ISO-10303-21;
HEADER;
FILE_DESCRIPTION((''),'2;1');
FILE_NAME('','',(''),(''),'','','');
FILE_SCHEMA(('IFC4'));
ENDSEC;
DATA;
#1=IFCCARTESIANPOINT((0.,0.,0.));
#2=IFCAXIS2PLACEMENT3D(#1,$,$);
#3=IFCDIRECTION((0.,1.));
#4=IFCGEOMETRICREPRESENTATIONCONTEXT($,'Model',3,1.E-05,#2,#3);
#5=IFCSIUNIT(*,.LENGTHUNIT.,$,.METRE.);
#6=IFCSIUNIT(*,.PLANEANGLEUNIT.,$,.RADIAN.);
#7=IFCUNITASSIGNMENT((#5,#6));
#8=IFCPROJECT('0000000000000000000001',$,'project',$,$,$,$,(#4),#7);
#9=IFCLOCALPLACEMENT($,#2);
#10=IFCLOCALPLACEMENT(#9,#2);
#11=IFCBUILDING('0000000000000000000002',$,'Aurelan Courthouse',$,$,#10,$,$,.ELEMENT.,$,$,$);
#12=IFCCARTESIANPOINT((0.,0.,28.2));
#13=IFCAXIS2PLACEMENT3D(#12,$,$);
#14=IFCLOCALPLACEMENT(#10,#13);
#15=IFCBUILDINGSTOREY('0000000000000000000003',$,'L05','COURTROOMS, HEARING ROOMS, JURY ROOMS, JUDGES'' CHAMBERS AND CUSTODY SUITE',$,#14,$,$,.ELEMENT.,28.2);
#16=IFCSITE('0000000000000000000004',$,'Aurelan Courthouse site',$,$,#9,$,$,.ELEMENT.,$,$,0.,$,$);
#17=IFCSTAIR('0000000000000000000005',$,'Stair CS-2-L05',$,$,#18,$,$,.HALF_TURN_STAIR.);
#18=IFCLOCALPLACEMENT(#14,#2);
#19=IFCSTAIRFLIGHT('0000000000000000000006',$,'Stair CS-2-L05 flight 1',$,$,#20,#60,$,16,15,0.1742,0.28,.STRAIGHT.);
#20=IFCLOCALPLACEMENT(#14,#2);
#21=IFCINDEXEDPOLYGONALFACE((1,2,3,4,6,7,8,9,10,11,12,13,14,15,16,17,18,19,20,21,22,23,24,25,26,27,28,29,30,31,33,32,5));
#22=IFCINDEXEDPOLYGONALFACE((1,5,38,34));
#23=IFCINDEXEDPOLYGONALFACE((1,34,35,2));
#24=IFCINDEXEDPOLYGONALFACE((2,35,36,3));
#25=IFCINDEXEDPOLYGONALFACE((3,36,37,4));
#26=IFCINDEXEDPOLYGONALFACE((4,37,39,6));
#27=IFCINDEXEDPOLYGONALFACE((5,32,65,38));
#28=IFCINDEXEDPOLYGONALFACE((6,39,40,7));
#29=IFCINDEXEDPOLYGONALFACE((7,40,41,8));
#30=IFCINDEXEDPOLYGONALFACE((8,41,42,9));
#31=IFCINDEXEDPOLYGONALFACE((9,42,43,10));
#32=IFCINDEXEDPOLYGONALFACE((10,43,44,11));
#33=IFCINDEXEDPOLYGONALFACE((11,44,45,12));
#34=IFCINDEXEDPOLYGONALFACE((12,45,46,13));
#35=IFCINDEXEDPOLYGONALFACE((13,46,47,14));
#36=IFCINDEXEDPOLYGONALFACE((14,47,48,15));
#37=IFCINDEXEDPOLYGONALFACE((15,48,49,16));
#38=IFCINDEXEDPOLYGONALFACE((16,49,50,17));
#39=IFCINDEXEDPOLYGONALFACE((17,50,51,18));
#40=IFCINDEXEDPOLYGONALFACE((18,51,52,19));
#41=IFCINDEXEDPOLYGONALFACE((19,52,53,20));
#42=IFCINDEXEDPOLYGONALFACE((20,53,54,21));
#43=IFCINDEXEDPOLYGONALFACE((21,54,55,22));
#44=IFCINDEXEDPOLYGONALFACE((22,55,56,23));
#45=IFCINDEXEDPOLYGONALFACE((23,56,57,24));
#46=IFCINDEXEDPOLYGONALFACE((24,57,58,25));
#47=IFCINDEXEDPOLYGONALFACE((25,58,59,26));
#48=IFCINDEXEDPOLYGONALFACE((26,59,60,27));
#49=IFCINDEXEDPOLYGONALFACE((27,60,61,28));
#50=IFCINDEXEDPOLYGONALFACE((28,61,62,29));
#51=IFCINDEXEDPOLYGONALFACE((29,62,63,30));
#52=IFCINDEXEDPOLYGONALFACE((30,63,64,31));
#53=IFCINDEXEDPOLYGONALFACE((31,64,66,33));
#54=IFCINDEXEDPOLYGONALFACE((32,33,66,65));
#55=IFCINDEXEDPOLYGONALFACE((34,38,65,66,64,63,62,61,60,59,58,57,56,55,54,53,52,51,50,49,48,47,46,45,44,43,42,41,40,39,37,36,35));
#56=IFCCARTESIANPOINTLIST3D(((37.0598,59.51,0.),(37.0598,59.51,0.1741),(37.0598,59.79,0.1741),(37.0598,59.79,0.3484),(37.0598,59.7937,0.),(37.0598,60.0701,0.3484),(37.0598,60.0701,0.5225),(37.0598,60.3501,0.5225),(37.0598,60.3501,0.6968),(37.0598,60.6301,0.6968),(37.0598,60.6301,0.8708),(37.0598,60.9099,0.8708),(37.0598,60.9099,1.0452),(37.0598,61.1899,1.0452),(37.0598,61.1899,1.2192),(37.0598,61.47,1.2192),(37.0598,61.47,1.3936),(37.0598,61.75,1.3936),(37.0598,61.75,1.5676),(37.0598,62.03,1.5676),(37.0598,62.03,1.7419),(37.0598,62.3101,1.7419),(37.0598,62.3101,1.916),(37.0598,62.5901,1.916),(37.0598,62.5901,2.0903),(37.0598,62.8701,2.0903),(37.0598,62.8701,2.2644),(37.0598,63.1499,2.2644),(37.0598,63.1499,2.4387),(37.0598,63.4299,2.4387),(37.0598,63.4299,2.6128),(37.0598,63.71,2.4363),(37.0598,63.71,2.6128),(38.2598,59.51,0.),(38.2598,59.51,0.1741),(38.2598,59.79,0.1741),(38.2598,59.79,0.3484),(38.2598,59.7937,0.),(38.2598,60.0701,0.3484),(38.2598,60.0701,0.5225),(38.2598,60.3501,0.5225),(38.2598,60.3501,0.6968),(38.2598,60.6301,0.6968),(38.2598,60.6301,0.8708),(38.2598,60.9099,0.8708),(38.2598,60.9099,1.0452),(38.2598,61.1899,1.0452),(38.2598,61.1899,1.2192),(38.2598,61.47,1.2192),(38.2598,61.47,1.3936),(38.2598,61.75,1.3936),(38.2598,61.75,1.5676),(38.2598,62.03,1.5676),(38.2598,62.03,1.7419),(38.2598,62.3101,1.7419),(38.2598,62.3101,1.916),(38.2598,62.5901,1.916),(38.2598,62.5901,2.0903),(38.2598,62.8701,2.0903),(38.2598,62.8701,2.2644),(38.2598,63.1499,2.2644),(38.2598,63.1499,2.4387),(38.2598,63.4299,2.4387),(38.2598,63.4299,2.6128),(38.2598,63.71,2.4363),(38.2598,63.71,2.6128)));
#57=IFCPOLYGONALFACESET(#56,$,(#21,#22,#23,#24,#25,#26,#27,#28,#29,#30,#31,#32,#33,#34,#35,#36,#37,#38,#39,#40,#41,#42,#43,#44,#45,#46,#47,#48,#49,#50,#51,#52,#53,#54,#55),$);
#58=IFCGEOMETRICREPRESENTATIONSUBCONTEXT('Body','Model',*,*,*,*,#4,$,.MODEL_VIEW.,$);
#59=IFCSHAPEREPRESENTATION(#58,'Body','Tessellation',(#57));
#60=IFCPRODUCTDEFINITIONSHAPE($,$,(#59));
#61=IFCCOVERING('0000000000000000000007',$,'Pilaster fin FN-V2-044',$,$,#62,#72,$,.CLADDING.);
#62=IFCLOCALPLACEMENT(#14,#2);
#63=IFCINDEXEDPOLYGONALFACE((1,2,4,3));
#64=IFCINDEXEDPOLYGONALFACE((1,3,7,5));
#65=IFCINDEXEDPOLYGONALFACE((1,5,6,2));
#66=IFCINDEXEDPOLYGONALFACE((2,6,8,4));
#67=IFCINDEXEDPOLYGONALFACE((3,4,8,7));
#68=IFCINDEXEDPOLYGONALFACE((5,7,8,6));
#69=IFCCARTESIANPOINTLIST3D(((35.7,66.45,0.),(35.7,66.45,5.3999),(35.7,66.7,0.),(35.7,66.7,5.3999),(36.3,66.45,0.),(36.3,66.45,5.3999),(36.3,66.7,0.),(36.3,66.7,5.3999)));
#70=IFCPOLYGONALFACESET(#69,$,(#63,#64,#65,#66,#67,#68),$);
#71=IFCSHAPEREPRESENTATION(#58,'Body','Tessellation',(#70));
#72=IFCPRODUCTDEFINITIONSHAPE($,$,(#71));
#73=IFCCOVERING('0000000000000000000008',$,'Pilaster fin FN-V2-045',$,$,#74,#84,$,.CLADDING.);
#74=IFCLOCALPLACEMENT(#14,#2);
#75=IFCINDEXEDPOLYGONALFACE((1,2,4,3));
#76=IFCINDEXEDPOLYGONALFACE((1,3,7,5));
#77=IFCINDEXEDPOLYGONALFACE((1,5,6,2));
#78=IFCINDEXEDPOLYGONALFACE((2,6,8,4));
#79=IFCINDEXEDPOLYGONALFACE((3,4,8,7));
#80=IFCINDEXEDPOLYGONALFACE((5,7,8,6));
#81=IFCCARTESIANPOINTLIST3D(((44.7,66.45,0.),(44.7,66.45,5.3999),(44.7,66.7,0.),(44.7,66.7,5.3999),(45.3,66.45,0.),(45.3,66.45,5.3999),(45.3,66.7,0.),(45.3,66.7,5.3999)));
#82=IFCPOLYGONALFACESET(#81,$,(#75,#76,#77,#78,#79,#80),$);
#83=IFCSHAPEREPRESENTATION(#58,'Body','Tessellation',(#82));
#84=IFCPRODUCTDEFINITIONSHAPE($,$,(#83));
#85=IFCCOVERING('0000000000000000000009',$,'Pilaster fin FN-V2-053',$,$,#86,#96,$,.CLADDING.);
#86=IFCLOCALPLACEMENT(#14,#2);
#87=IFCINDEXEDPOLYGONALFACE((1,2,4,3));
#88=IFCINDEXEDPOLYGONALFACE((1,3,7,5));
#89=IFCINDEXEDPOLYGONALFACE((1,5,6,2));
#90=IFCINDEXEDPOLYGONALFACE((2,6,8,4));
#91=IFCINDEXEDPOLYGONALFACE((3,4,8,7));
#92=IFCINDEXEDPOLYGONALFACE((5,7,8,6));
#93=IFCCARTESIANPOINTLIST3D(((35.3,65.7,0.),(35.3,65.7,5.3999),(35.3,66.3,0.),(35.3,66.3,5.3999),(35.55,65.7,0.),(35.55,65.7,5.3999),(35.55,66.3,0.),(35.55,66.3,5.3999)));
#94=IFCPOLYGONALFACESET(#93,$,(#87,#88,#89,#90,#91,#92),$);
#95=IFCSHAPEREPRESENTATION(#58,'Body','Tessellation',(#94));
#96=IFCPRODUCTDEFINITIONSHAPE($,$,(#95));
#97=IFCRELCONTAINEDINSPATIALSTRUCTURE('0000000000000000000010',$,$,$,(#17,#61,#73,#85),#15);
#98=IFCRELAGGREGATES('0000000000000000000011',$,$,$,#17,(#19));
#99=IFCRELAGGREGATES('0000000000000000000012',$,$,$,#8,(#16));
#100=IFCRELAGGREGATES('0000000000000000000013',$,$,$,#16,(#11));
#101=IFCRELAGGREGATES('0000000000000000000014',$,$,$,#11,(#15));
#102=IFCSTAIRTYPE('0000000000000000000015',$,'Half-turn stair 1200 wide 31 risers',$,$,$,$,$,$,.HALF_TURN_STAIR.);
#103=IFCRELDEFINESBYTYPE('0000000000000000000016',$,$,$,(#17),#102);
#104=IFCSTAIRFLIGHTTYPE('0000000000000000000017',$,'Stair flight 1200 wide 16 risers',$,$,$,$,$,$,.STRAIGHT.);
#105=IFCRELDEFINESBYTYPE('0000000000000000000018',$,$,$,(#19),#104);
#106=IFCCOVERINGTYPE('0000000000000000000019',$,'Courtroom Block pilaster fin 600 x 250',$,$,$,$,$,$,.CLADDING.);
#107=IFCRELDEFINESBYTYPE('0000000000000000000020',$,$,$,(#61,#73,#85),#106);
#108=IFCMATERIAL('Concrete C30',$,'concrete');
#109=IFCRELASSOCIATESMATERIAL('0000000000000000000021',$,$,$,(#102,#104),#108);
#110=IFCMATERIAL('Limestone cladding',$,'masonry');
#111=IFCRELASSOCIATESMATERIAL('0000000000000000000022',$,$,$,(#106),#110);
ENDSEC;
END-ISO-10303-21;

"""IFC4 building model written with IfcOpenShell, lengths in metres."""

from ifc_helpers import new_model, si_unit, direction, frame, origin, origin_2d, place, context, subcontext, project, spatial, polyline, rectangle, outline, extrude, material, type_object, element, aggregate, save


model = new_model("IFC4")

# Units and contexts
model_context = context("Model", 3, precision=1e-05, world=origin(), true_north=direction((0.0, 1.0)))
body_context = subcontext(model_context, "Body", "Model", "MODEL_VIEW")
ifc_project = project(units=[si_unit("LENGTHUNIT", "METRE"), si_unit("PLANEANGLEUNIT", "RADIAN")], contexts=[model_context])

# Site, building, storey
site_placement = place(None, origin())
site = spatial("IfcSite", under=ifc_project, at=site_placement, Name="Aurelan Courthouse site", CompositionType="ELEMENT", RefElevation=0.0)
building_placement = place(site_placement, origin())
building = spatial("IfcBuilding", under=site, at=building_placement, Name="Aurelan Courthouse", CompositionType="ELEMENT")
storey_placement = place(building_placement, frame((0.0, 0.0, 28.2)))
storey = spatial("IfcBuildingStorey", under=building, at=storey_placement, Name="L05", Description="COURTROOMS, HEARING ROOMS, JURY ROOMS, JUDGES' CHAMBERS AND CUSTODY SUITE", CompositionType="ELEMENT", Elevation=28.2)

# Shared definitions
ifc_material_1 = material(Name="Limestone cladding", Category="masonry")
ifc_material_2 = material(Name="Concrete C30", Category="concrete")

# Stair, stair flight
stair_type = type_object("IfcStairType", Name="Half-turn stair 1200 wide 31 risers", PredefinedType="HALF_TURN_STAIR", material=ifc_material_2)
stair_placement = place(storey_placement, origin())
stair = element("IfcStair", 1, at=stair_placement, inside=storey, type_object=stair_type, Name="Stair CS-2-L05", PredefinedType="HALF_TURN_STAIR")
stair_flight_type = type_object("IfcStairFlightType", Name="Stair flight 1200 wide 16 risers", PredefinedType="STRAIGHT", material=ifc_material_2)
stair_flight_placement = place(storey_placement, frame((37.6599, 59.51, 0.0), z_axis=(0.0, 0.0, 1.0), x_axis=(0.0, 1.0, 0.0)))
stair_flight = element("IfcStairFlight", 2, at=stair_flight_placement, type_object=stair_flight_type, Name="Stair CS-2-L05 flight 1", NumberOfRisers=16, NumberOfTreads=15, PredefinedType="STRAIGHT", RiserHeight=0.1742, TreadLength=0.28, context=body_context, shape_type="SweptSolid", body=[
    extrude(outline(polyline([(0.0, 0.0), (0.0, 0.1741), (0.28, 0.1741), (0.28, 0.3484), (0.5601, 0.3484), (0.5601, 0.5225), (0.8401, 0.5225), (0.8401, 0.6968), (1.1201, 0.6968), (1.1201, 0.8708), (1.3999, 0.8708), (1.3999, 1.0452), (1.6799, 1.0452), (1.6799, 1.2192), (1.96, 1.2192), (1.96, 1.3936), (2.24, 1.3936), (2.24, 1.5676), (2.52, 1.5676), (2.52, 1.7419), (2.8, 1.7419), (2.8, 1.916), (3.0801, 1.916), (3.0801, 2.0903), (3.3601, 2.0903), (3.3601, 2.2644), (3.6399, 2.2644), (3.6399, 2.4387), (3.9199, 2.4387), (3.9199, 2.6128), (4.2, 2.6128), (4.2, 2.7871), (4.2, 2.4363), (0.2837, 0.0), (0.0, 0.0)])), frame((0.0, 0.6001, 0.0), z_axis=(0.0, -1.0, 0.0), x_axis=(1.0, 0.0, 0.0)), (0.0, 0.0, 1.0), 1.2),
])
aggregate(stair, [stair_flight])

# Coverings
covering_type = type_object("IfcCoveringType", Name="Courtroom Block pilaster fin 600 x 250", PredefinedType="CLADDING", material=ifc_material_1)
for number, where, z_axis, x_axis, name in (
    (3, (36.0, 66.575, 0.0), (0.0, 0.0, 1.0), (1.0, 0.0, 0.0), "Pilaster fin FN-V2-044"),
    (4, (45.0, 66.575, 0.0), (0.0, 0.0, 1.0), (1.0, 0.0, 0.0), "Pilaster fin FN-V2-045"),
):
    element("IfcCovering", number, at=place(storey_placement, frame(where, z_axis=z_axis, x_axis=x_axis)), inside=storey, type_object=covering_type, Name=name, PredefinedType="CLADDING", context=body_context, shape_type="SweptSolid", body=[
        extrude(rectangle(XDim=0.6001, YDim=0.25, at=origin_2d()), origin(), (0.0, 0.0, 1.0), 5.3999),
    ])
covering_placement = place(storey_placement, frame((35.425, 66.0, 0.0), z_axis=(0.0, 0.0, 1.0), x_axis=(1.0, 0.0, 0.0)))
element("IfcCovering", 5, at=covering_placement, inside=storey, type_object=covering_type, Name="Pilaster fin FN-V2-053", PredefinedType="CLADDING", context=body_context, shape_type="SweptSolid", body=[
    extrude(rectangle(XDim=0.25, YDim=0.6001, at=origin_2d()), origin(), (0.0, 0.0, 1.0), 5.3999),
])

save(model, "model.ifc")
